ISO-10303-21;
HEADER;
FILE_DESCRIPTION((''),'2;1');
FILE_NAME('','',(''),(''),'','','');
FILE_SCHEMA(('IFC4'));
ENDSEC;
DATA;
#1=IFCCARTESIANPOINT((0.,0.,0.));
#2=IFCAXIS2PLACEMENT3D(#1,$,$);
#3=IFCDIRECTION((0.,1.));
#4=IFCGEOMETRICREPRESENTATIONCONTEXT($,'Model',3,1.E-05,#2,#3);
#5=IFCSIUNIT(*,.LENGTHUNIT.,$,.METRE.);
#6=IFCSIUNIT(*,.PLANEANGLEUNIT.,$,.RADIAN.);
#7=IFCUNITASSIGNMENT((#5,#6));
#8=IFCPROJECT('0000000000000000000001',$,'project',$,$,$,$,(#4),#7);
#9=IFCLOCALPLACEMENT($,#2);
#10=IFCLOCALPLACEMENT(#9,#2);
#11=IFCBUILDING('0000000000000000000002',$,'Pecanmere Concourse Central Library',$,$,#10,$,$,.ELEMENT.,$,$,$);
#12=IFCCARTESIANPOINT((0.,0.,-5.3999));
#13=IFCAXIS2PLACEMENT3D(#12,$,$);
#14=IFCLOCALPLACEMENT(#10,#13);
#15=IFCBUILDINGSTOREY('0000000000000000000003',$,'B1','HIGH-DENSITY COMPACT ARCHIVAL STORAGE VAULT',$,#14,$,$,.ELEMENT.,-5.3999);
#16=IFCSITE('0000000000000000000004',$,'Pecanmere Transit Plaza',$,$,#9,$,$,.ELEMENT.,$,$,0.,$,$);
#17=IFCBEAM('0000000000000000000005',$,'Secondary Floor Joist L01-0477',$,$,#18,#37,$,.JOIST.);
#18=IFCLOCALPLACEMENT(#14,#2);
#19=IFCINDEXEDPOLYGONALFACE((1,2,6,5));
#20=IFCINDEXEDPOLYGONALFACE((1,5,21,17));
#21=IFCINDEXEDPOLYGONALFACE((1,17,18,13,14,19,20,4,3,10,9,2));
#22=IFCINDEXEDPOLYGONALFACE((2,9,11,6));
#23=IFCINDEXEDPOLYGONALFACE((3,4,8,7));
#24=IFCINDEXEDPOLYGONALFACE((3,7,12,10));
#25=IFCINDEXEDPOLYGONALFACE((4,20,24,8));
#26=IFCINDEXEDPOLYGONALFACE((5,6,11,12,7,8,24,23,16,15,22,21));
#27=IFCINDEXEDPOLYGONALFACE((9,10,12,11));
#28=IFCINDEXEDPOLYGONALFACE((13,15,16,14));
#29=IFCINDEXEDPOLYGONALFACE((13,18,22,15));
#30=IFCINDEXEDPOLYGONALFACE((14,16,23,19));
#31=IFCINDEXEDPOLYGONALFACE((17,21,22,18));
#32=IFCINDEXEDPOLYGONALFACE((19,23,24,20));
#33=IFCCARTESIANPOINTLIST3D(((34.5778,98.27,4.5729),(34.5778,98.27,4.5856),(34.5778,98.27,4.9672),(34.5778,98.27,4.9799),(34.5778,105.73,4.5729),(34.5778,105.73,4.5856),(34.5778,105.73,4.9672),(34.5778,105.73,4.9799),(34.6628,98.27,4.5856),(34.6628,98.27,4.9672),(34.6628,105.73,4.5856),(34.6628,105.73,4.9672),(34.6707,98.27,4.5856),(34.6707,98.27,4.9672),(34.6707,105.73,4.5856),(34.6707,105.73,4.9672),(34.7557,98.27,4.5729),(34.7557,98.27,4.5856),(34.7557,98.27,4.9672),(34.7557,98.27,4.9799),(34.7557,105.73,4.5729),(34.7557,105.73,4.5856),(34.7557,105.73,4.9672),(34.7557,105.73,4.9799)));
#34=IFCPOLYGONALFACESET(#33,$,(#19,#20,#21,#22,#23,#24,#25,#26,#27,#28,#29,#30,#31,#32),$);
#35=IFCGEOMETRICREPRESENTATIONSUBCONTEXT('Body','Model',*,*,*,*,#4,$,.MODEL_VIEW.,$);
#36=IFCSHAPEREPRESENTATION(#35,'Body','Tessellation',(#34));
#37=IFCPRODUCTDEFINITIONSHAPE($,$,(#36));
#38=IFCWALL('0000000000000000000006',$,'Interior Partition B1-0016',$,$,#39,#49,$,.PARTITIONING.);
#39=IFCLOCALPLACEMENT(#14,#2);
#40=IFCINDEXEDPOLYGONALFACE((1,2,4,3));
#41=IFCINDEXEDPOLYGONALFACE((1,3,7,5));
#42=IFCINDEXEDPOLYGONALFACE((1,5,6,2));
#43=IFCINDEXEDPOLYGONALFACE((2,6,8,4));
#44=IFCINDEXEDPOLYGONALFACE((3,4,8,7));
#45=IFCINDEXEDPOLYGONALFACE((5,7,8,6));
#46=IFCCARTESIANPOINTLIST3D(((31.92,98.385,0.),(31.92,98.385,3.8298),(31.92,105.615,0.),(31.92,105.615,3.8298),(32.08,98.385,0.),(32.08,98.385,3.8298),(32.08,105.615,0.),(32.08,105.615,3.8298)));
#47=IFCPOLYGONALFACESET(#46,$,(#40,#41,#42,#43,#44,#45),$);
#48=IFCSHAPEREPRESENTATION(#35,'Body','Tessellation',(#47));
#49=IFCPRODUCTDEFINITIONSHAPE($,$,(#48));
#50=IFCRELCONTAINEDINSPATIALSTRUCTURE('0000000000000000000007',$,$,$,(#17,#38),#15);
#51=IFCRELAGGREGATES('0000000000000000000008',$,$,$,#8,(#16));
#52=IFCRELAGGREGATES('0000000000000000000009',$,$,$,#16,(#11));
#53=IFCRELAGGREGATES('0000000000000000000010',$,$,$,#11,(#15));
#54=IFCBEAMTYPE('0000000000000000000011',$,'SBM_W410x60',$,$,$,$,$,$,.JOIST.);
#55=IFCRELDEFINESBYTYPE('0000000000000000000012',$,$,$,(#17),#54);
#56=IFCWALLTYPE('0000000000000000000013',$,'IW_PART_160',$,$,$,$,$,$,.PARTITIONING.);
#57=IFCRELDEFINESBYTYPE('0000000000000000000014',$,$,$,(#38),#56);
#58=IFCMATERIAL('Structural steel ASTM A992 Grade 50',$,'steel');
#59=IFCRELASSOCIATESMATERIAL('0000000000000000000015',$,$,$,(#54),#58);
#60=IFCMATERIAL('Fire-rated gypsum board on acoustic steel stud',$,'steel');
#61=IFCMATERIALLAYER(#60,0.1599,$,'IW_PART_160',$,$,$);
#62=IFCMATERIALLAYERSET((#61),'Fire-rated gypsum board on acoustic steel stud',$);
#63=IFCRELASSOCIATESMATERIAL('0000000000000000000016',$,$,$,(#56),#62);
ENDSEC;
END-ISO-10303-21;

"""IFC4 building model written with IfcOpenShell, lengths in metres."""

from ifc_helpers import new_model, si_unit, direction, frame, frame_2d, origin, origin_2d, place, context, subcontext, project, spatial, rectangle, i_section, extrude, material, layer, layer_set, material_profile, profile_set, type_object, element, save


model = new_model("IFC4")

# Units and contexts
model_context = context("Model", 3, precision=1e-05, world=origin(), true_north=direction((0.0, 1.0)))
body_context = subcontext(model_context, "Body", "Model", "MODEL_VIEW")
ifc_project = project(units=[si_unit("LENGTHUNIT", "METRE"), si_unit("PLANEANGLEUNIT", "RADIAN")], contexts=[model_context])

# Site, building, storey
site_placement = place(None, origin())
site = spatial("IfcSite", under=ifc_project, at=site_placement, Name="Pecanmere Transit Plaza", CompositionType="ELEMENT", RefElevation=0.0)
building_placement = place(site_placement, origin())
building = spatial("IfcBuilding", under=site, at=building_placement, Name="Pecanmere Concourse Central Library", CompositionType="ELEMENT")
storey_placement = place(building_placement, frame((0.0, 0.0, -5.3999)))
storey = spatial("IfcBuildingStorey", under=building, at=storey_placement, Name="B1", Description="HIGH-DENSITY COMPACT ARCHIVAL STORAGE VAULT", CompositionType="ELEMENT", Elevation=-5.3999)

# Beam
ifc_material_1 = material(Name="Structural steel ASTM A992 Grade 50", Category="steel")
ifc_material_profile_1 = material_profile(ifc_material_1, i_section(OverallWidth=0.178, OverallDepth=0.407, WebThickness=0.0078, FlangeThickness=0.0127, at=origin_2d()), Name="W410x60")
ifc_profile_set_1 = profile_set([ifc_material_profile_1], Name="Structural steel ASTM A992 Grade 50")
beam_type_1 = type_object("IfcBeamType", Name="SBM_W410x60", PredefinedType="JOIST", material=ifc_profile_set_1)
beam_1_placement = place(storey_placement, frame((34.6667, 98.27, 4.7764), z_axis=(0.0, 1.0, 0.0), x_axis=(-1.0, 0.0, 0.0)))
element("IfcBeam", 1, at=beam_1_placement, inside=storey, type_object=beam_type_1, Name="Secondary Floor Joist L01-0477", PredefinedType="JOIST", context=body_context, shape_type="SweptSolid", body=[
    extrude(i_section(OverallWidth=0.178, OverallDepth=0.407, WebThickness=0.0078, FlangeThickness=0.0127, at=origin_2d()), origin(), (0.0, 0.0, 1.0), 7.46),
])

# Wall
ifc_material_2 = material(Name="Fire-rated gypsum board on acoustic steel stud", Category="steel")
ifc_layer = layer(ifc_material_2, 0.1599, Name="IW_PART_160")
ifc_layer_set = layer_set([ifc_layer], Name="Fire-rated gypsum board on acoustic steel stud")
wall_type = type_object("IfcWallType", Name="IW_PART_160", PredefinedType="PARTITIONING", material=ifc_layer_set)
wall_placement = place(storey_placement, frame((32.0, 98.385, 0.0), z_axis=(0.0, 0.0, 1.0), x_axis=(0.0, 1.0, 0.0)))
element("IfcWall", 2, at=wall_placement, inside=storey, type_object=wall_type, Name="Interior Partition B1-0016", PredefinedType="PARTITIONING", context=body_context, shape_type="SweptSolid", body=[
    extrude(rectangle(XDim=7.23, YDim=0.1599, at=frame_2d((3.615, 0.0))), origin(), (0.0, 0.0, 1.0), 3.8298),
])

save(model, "model.ifc")
